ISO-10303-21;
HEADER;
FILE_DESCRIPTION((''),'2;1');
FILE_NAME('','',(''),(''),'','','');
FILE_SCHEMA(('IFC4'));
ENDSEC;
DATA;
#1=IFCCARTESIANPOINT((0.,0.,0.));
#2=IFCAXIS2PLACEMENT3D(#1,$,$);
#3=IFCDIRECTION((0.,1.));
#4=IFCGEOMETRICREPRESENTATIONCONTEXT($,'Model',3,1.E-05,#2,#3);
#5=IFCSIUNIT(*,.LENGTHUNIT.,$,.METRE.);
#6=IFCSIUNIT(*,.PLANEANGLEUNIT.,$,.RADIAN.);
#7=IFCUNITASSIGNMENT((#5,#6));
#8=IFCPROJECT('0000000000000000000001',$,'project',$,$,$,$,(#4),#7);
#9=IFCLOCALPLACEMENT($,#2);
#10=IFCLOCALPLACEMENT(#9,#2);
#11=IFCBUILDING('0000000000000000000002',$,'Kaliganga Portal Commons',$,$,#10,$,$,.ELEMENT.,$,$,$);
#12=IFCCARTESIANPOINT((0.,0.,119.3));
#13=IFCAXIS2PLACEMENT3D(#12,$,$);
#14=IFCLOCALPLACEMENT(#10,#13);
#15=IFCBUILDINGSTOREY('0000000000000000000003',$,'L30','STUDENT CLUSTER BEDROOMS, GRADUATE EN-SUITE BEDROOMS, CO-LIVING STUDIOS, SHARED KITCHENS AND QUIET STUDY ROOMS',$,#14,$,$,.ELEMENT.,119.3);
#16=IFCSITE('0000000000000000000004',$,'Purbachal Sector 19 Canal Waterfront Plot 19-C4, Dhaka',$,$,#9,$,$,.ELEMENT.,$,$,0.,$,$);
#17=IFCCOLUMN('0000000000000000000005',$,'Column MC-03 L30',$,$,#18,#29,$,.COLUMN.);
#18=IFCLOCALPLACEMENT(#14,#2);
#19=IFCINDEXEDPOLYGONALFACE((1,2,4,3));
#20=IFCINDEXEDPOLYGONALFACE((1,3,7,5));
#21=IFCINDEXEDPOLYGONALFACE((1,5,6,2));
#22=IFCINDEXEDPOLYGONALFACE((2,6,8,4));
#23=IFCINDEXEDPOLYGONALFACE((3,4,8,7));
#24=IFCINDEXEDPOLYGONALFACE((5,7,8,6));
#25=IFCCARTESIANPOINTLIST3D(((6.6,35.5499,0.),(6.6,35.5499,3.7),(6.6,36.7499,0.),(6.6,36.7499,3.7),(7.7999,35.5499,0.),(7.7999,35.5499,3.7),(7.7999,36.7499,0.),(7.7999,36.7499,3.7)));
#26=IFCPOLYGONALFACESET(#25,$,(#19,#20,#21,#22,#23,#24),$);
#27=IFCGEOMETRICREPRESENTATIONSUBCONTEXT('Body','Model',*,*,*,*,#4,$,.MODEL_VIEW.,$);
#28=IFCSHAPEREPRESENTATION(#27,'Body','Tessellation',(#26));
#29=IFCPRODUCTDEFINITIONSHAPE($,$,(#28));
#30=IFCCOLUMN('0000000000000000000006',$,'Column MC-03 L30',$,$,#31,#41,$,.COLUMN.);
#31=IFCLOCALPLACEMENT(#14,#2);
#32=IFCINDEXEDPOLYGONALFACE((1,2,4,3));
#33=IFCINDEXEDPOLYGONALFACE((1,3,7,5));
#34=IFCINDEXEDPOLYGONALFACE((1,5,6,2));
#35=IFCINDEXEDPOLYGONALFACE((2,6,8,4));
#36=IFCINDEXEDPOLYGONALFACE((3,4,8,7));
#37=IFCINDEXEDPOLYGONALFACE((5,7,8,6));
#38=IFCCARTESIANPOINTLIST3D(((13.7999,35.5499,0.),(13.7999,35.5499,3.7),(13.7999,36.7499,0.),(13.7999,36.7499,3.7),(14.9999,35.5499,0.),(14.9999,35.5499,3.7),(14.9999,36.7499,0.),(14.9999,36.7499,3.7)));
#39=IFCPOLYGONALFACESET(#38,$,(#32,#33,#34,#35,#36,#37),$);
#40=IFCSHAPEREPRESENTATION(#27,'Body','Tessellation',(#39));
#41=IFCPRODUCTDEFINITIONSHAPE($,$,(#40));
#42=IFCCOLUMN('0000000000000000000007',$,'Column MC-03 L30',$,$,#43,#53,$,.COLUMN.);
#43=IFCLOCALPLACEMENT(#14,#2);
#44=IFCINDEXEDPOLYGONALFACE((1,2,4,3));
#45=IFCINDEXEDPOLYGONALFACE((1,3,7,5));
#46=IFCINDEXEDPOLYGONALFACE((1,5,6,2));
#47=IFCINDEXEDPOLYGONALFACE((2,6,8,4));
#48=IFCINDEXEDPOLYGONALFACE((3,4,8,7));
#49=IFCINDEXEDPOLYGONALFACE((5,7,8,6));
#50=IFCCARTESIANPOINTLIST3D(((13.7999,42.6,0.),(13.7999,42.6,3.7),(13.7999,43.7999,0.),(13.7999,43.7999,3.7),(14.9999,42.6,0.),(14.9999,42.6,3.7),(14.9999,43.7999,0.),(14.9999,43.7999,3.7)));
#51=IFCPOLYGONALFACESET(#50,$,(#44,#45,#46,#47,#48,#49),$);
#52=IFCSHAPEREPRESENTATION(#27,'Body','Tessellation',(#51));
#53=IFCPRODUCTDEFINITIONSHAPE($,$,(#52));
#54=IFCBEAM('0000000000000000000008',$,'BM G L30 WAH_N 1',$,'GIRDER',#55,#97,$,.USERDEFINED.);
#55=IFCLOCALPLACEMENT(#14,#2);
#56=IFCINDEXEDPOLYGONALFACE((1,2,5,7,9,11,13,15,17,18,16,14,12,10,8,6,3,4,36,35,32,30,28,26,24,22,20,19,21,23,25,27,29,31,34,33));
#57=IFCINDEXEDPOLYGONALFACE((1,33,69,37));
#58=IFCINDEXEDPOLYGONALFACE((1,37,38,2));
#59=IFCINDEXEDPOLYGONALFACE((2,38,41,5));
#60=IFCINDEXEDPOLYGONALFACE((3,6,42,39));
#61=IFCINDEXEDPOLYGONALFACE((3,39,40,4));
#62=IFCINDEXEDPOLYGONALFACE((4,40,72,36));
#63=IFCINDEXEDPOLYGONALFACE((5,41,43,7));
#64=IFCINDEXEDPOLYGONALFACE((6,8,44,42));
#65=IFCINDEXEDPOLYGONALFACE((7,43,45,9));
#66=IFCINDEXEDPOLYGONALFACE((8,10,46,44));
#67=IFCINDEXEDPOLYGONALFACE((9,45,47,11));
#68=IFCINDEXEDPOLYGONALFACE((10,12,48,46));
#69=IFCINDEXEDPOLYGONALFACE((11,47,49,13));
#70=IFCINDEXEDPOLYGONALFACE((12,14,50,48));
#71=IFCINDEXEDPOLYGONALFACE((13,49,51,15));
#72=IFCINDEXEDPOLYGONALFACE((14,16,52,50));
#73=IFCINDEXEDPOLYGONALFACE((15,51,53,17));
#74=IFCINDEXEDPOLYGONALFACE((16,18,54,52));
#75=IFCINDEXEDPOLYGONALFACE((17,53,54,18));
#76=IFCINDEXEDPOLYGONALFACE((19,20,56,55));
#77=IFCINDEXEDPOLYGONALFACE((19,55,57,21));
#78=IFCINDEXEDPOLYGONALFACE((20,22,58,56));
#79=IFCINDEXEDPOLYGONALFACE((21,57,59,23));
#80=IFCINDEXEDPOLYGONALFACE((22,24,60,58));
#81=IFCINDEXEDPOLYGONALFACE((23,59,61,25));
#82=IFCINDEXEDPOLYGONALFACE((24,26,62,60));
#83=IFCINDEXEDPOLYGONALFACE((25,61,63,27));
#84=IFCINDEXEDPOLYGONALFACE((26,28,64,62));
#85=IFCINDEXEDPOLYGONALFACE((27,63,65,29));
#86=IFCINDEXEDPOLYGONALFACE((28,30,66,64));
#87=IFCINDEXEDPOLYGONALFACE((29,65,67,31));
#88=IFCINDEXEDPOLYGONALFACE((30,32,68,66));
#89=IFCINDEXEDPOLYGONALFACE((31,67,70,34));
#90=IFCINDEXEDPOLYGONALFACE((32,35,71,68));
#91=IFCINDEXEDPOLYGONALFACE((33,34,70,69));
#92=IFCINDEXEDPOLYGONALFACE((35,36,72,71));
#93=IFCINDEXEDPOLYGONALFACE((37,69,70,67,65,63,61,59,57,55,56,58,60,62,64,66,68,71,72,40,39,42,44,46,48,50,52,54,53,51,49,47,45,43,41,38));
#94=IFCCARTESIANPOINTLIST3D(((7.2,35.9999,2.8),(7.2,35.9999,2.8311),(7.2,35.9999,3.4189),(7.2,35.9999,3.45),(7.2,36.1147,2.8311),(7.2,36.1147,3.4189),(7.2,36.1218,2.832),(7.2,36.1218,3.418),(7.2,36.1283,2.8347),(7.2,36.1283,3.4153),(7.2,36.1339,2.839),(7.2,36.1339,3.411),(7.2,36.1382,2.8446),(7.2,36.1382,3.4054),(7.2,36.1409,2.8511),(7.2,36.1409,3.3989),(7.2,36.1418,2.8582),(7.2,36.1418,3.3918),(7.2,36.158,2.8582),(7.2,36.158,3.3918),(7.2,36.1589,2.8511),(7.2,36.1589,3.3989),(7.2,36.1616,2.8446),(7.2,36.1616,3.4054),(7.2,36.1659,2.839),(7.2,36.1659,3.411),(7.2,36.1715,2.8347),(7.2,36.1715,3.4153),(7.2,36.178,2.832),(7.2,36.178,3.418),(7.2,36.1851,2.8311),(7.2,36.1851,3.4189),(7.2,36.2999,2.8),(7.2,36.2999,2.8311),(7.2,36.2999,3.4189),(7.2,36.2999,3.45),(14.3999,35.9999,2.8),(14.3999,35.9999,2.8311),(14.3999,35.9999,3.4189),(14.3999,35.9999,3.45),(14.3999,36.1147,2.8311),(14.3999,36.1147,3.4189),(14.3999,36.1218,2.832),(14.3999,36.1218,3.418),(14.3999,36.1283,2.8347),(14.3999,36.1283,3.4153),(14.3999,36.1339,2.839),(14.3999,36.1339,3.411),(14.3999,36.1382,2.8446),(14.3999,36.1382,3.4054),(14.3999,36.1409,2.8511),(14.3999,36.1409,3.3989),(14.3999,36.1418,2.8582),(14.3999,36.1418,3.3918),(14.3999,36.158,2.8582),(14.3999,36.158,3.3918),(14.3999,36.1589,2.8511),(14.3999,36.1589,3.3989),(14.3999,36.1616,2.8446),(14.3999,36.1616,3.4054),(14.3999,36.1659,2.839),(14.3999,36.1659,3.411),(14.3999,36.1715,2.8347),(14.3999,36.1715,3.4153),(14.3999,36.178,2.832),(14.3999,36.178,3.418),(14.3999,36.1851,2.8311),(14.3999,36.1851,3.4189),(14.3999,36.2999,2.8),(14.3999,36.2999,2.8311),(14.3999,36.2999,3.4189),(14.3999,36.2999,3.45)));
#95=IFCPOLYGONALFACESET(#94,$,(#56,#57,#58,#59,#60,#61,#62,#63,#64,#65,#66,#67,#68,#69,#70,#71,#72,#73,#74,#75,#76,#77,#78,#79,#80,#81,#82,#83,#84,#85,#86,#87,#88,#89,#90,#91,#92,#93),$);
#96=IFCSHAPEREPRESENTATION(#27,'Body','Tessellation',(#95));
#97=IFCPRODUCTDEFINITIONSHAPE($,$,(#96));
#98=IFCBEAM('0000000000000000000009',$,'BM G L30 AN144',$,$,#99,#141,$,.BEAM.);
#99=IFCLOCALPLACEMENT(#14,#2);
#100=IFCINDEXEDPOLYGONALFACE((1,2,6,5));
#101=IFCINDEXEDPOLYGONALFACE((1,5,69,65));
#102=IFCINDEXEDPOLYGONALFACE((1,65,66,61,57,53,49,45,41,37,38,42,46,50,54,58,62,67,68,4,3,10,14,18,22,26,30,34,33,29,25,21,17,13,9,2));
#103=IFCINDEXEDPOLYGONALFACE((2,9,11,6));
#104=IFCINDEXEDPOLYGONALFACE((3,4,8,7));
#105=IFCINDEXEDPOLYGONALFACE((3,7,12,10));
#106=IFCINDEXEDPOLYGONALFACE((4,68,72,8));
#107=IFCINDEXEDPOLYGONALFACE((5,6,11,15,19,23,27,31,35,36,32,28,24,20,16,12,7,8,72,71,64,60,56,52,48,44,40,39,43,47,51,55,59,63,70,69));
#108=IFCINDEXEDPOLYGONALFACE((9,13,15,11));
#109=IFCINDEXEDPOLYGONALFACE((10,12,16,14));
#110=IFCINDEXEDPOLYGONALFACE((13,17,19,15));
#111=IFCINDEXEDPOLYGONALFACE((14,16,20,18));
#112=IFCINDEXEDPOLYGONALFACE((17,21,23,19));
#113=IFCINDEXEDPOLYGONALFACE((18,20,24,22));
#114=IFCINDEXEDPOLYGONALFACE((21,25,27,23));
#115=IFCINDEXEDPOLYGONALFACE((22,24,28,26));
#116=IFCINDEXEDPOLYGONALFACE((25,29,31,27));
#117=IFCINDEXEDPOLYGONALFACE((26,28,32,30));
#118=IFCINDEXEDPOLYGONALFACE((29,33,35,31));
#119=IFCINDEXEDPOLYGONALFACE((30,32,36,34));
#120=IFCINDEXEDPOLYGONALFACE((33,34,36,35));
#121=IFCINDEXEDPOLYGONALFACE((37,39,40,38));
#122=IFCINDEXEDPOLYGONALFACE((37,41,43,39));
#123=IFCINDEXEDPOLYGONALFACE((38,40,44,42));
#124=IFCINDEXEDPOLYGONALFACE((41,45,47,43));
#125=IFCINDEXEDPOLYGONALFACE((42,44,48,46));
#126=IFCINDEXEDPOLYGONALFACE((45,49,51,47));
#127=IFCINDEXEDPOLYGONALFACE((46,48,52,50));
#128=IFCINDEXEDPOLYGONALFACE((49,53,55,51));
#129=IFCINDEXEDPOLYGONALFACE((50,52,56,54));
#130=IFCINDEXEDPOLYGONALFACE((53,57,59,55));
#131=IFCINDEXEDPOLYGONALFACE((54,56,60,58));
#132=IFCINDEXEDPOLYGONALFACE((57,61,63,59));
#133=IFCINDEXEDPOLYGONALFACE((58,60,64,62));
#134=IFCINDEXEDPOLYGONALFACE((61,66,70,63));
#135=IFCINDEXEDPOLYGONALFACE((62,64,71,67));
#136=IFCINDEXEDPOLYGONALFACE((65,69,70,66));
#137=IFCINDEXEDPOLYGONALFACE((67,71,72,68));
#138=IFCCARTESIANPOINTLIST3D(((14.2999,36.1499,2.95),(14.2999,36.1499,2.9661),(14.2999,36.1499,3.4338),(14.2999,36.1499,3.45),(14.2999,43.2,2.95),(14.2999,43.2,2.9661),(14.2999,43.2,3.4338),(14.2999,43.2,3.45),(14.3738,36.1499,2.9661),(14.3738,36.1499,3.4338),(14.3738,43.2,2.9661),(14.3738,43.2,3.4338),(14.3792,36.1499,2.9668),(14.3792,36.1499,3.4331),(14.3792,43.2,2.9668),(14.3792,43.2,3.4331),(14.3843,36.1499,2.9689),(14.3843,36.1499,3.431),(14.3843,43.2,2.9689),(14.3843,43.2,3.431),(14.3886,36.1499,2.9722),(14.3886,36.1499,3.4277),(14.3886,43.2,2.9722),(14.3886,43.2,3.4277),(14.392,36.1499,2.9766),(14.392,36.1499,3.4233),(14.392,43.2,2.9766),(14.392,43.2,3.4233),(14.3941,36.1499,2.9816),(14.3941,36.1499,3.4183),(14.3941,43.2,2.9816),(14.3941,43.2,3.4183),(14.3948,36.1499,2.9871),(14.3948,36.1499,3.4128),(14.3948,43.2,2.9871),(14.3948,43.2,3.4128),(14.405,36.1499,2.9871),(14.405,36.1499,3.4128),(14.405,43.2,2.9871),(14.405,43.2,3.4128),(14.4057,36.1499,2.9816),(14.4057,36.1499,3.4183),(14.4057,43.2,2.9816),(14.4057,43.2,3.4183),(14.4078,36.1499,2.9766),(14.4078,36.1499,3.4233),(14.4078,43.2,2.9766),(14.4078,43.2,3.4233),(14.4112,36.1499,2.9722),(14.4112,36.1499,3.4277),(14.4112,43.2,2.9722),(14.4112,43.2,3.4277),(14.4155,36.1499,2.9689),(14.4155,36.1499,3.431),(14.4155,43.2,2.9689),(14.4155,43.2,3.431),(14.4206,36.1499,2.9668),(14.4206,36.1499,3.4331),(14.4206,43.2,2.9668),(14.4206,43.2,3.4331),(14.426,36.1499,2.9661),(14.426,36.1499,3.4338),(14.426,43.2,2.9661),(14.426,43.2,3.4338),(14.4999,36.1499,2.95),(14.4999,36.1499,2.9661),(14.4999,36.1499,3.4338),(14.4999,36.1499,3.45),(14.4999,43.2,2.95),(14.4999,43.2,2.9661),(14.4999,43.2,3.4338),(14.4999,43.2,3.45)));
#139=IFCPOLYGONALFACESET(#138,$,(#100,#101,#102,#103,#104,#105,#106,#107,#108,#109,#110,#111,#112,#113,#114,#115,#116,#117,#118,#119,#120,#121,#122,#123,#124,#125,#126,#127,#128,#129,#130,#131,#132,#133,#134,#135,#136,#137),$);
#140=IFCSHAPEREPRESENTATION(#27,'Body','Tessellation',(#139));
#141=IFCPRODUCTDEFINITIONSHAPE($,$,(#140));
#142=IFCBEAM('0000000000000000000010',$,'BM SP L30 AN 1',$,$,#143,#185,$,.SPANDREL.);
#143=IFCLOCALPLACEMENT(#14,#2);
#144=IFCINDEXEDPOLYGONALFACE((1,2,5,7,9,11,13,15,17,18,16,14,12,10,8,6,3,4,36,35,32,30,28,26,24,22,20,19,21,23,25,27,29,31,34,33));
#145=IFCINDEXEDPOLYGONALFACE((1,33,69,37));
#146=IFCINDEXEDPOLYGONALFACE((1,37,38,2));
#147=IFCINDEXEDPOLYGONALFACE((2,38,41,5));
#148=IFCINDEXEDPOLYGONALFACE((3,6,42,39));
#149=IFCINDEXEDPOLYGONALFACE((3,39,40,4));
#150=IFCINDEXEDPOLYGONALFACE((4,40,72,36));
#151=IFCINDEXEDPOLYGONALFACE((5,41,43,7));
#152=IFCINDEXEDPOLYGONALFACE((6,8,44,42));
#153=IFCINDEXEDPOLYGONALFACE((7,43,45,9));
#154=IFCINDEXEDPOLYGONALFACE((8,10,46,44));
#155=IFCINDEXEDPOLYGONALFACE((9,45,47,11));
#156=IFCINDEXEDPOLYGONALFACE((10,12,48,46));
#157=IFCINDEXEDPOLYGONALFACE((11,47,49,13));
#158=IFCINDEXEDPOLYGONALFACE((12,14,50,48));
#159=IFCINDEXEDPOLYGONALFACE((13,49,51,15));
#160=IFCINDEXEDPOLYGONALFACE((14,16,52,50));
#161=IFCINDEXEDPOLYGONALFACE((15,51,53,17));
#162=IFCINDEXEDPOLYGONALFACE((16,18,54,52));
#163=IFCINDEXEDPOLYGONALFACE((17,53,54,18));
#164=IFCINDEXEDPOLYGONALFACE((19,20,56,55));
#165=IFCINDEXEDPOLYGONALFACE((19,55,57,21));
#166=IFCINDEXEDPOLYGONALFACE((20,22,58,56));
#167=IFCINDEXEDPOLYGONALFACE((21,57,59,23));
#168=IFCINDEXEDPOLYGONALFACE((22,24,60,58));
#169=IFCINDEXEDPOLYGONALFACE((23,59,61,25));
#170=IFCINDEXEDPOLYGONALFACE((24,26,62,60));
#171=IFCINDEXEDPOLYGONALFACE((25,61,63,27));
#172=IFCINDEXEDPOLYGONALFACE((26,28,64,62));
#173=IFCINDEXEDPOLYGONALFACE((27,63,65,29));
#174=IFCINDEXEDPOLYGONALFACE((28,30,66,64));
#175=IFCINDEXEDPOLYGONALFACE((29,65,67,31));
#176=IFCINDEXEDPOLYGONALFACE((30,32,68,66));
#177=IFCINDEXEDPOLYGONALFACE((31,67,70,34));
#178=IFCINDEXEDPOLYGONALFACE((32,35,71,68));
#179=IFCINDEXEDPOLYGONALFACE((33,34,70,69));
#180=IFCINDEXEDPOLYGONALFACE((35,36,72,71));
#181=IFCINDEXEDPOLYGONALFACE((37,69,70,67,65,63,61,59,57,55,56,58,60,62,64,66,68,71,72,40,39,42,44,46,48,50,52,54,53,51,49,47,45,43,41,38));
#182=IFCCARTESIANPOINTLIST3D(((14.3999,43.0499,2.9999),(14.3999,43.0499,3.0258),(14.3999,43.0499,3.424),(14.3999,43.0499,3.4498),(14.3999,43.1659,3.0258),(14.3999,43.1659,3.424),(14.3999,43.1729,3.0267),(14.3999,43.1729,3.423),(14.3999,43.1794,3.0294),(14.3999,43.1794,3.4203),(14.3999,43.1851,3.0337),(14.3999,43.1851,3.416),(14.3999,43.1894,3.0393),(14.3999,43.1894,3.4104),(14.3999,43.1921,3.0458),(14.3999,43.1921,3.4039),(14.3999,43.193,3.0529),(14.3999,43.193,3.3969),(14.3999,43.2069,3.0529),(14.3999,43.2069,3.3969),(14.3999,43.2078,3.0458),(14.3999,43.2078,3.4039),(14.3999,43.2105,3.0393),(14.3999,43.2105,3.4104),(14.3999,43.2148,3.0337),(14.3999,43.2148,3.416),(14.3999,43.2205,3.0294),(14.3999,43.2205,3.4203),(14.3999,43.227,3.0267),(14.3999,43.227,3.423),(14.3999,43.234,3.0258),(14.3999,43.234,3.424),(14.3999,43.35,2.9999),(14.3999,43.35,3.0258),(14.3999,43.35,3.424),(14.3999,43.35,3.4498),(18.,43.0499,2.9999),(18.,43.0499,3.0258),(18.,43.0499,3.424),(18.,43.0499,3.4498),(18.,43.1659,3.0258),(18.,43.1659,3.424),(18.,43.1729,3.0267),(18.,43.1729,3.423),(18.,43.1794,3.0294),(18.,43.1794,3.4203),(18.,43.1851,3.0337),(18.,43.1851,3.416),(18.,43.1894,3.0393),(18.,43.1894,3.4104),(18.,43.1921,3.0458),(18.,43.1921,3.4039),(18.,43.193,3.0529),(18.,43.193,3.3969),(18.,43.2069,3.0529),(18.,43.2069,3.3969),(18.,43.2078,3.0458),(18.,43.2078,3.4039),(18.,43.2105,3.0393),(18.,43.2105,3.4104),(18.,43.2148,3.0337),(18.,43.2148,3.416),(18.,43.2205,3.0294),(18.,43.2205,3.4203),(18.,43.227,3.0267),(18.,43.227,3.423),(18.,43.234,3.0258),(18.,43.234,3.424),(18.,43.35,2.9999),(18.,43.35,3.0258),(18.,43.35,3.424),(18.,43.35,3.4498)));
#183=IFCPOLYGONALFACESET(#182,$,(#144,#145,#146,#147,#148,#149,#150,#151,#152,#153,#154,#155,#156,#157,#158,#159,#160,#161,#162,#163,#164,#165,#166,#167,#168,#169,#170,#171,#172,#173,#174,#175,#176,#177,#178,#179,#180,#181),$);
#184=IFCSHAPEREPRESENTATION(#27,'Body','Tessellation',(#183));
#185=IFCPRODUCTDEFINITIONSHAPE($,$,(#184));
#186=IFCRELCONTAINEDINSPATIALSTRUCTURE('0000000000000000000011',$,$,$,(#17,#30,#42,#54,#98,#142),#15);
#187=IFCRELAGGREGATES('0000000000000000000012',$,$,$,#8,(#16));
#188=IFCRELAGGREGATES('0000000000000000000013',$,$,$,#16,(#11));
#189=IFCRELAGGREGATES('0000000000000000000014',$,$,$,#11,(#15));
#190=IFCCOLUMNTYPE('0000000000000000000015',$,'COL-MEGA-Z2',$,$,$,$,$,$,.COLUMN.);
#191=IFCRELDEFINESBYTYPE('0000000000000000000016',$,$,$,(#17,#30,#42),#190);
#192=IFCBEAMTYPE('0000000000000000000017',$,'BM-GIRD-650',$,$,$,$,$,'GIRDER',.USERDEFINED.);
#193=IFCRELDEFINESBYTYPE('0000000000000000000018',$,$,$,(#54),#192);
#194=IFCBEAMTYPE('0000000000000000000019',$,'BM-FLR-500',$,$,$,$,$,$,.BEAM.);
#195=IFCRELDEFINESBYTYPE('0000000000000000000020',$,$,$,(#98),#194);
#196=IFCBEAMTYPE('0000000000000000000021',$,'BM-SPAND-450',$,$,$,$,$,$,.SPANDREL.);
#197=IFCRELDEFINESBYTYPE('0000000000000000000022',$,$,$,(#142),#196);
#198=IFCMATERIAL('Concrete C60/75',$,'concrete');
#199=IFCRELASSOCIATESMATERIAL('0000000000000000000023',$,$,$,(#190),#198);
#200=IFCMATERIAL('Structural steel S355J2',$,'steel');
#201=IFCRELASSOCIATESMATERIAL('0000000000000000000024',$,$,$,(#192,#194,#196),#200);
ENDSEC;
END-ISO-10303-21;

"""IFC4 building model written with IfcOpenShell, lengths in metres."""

from ifc_helpers import new_model, si_unit, direction, frame, origin, origin_2d, place, context, subcontext, project, spatial, rectangle, i_section, extrude, source, transform, mapped, material, material_profile, profile_set, type_object, element, save


model = new_model("IFC4")

# Units and contexts
model_context = context("Model", 3, precision=1e-05, world=origin(), true_north=direction((0.0, 1.0)))
body_context = subcontext(model_context, "Body", "Model", "MODEL_VIEW")
ifc_project = project(units=[si_unit("LENGTHUNIT", "METRE"), si_unit("PLANEANGLEUNIT", "RADIAN")], contexts=[model_context])

# Site, building, storey
site_placement = place(None, origin())
site = spatial("IfcSite", under=ifc_project, at=site_placement, Name="Purbachal Sector 19 Canal Waterfront Plot 19-C4, Dhaka", CompositionType="ELEMENT", RefElevation=0.0)
building_placement = place(site_placement, origin())
building = spatial("IfcBuilding", under=site, at=building_placement, Name="Kaliganga Portal Commons", CompositionType="ELEMENT")
storey_placement = place(building_placement, frame((0.0, 0.0, 119.3)))
storey = spatial("IfcBuildingStorey", under=building, at=storey_placement, Name="L30", Description="STUDENT CLUSTER BEDROOMS, GRADUATE EN-SUITE BEDROOMS, CO-LIVING STUDIOS, SHARED KITCHENS AND QUIET STUDY ROOMS", CompositionType="ELEMENT", Elevation=119.3)

# Columns
ifc_material_1 = material(Name="Concrete C60/75", Category="concrete")
ifc_material_profile_1 = material_profile(ifc_material_1, rectangle(XDim=1.2, YDim=1.2, at=origin_2d()), Name="RC 1200x1200")
ifc_profile_set_1 = profile_set([ifc_material_profile_1], Name="Concrete C60/75")
column_type = type_object("IfcColumnType", Name="COL-MEGA-Z2", PredefinedType="COLUMN", material=ifc_profile_set_1)
shared_shape_1 = source(origin(), body_context, "Body", "SweptSolid", [
    extrude(rectangle(XDim=1.2, YDim=1.2, at=origin_2d()), origin(), (0.0, 0.0, 1.0), 3.7),
])
for number, where, z_axis, x_axis, name in (
    (1, (7.2, 36.1499, 0.0), (0.0, 0.0, 1.0), (1.0, 0.0, 0.0), "Column MC-03 L30"),
    (2, (14.3999, 36.1499, 0.0), (0.0, 0.0, 1.0), (1.0, 0.0, 0.0), "Column MC-03 L30"),
    (3, (14.3999, 43.2, 0.0), (0.0, 0.0, 1.0), (1.0, 0.0, 0.0), "Column MC-03 L30"),
):
    element("IfcColumn", number, at=place(storey_placement, frame(where, z_axis=z_axis, x_axis=x_axis)), inside=storey, type_object=column_type, Name=name, PredefinedType="COLUMN", context=body_context, shape_type="MappedRepresentation", body=[
        mapped(shared_shape_1, transform((0.0, 0.0, 0.0), x_axis=(1.0, 0.0, 0.0), y_axis=(0.0, 1.0, 0.0), z_axis=(0.0, 0.0, 1.0), scale=1.0)),
    ])

# Beams
ifc_material_2 = material(Name="Structural steel S355J2", Category="steel")
ifc_material_profile_2 = material_profile(ifc_material_2, i_section(OverallWidth=0.3, OverallDepth=0.6499, WebThickness=0.0161, FlangeThickness=0.031, FilletRadius=0.0271, at=origin_2d()), Name="HE 650 B")
ifc_profile_set_2 = profile_set([ifc_material_profile_2], Name="Structural steel S355J2 wide-flange")
beam_type_1 = type_object("IfcBeamType", Name="BM-GIRD-650", ElementType="GIRDER", PredefinedType="USERDEFINED", material=ifc_profile_set_2)
shared_shape_2 = source(origin(), body_context, "Body", "SweptSolid", [
    extrude(i_section(OverallWidth=0.3, OverallDepth=0.6499, WebThickness=0.0161, FlangeThickness=0.031, FilletRadius=0.0271, at=origin_2d()), origin(), (0.0, 0.0, 1.0), 7.2),
])
beam_1_placement = place(storey_placement, frame((7.2, 36.1499, 3.125), z_axis=(1.0, 0.0, 0.0), x_axis=(0.0, 1.0, 0.0)))
element("IfcBeam", 4, at=beam_1_placement, inside=storey, type_object=beam_type_1, Name="BM G L30 WAH_N 1", ObjectType="GIRDER", PredefinedType="USERDEFINED", context=body_context, shape_type="MappedRepresentation", body=[
    mapped(shared_shape_2, transform((0.0, 0.0, 0.0), x_axis=(1.0, 0.0, 0.0), y_axis=(0.0, 1.0, 0.0), z_axis=(0.0, 0.0, 1.0), scale=1.0)),
])
ifc_material_profile_3 = material_profile(ifc_material_2, i_section(OverallWidth=0.2, OverallDepth=0.5, WebThickness=0.0103, FlangeThickness=0.0161, FilletRadius=0.021, at=origin_2d()), Name="IPE 500")
ifc_profile_set_3 = profile_set([ifc_material_profile_3], Name="Structural steel S355J2 wide-flange")
beam_type_2 = type_object("IfcBeamType", Name="BM-FLR-500", PredefinedType="BEAM", material=ifc_profile_set_3)
shared_shape_3 = source(origin(), body_context, "Body", "SweptSolid", [
    extrude(i_section(OverallWidth=0.2, OverallDepth=0.5, WebThickness=0.0103, FlangeThickness=0.0161, FilletRadius=0.021, at=origin_2d()), origin(), (0.0, 0.0, 1.0), 7.05),
])
beam_2_placement = place(storey_placement, frame((14.3999, 36.1499, 3.2), z_axis=(0.0, 1.0, 0.0), x_axis=(-1.0, 0.0, 0.0)))
element("IfcBeam", 5, at=beam_2_placement, inside=storey, type_object=beam_type_2, Name="BM G L30 AN144", PredefinedType="BEAM", context=body_context, shape_type="MappedRepresentation", body=[
    mapped(shared_shape_3, transform((0.0, 0.0, 0.0), x_axis=(1.0, 0.0, 0.0), y_axis=(0.0, 1.0, 0.0), z_axis=(0.0, 0.0, 1.0), scale=1.0)),
])
ifc_material_profile_4 = material_profile(ifc_material_2, i_section(OverallWidth=0.3, OverallDepth=0.45, WebThickness=0.0139, FlangeThickness=0.0259, FilletRadius=0.0271, at=origin_2d()), Name="HE 450 B")
ifc_profile_set_4 = profile_set([ifc_material_profile_4], Name="Structural steel S355J2 wide-flange")
beam_type_3 = type_object("IfcBeamType", Name="BM-SPAND-450", PredefinedType="SPANDREL", material=ifc_profile_set_4)
shared_shape_4 = source(origin(), body_context, "Body", "SweptSolid", [
    extrude(i_section(OverallWidth=0.3, OverallDepth=0.45, WebThickness=0.0139, FlangeThickness=0.0259, FilletRadius=0.0271, at=origin_2d()), origin(), (0.0, 0.0, 1.0), 3.6001),
])
beam_3_placement = place(storey_placement, frame((14.3999, 43.2, 3.2249), z_axis=(1.0, 0.0, 0.0), x_axis=(0.0, 1.0, 0.0)))
element("IfcBeam", 6, at=beam_3_placement, inside=storey, type_object=beam_type_3, Name="BM SP L30 AN 1", PredefinedType="SPANDREL", context=body_context, shape_type="MappedRepresentation", body=[
    mapped(shared_shape_4, transform((0.0, 0.0, 0.0), x_axis=(1.0, 0.0, 0.0), y_axis=(0.0, 1.0, 0.0), z_axis=(0.0, 0.0, 1.0), scale=1.0)),
])

save(model, "model.ifc")
